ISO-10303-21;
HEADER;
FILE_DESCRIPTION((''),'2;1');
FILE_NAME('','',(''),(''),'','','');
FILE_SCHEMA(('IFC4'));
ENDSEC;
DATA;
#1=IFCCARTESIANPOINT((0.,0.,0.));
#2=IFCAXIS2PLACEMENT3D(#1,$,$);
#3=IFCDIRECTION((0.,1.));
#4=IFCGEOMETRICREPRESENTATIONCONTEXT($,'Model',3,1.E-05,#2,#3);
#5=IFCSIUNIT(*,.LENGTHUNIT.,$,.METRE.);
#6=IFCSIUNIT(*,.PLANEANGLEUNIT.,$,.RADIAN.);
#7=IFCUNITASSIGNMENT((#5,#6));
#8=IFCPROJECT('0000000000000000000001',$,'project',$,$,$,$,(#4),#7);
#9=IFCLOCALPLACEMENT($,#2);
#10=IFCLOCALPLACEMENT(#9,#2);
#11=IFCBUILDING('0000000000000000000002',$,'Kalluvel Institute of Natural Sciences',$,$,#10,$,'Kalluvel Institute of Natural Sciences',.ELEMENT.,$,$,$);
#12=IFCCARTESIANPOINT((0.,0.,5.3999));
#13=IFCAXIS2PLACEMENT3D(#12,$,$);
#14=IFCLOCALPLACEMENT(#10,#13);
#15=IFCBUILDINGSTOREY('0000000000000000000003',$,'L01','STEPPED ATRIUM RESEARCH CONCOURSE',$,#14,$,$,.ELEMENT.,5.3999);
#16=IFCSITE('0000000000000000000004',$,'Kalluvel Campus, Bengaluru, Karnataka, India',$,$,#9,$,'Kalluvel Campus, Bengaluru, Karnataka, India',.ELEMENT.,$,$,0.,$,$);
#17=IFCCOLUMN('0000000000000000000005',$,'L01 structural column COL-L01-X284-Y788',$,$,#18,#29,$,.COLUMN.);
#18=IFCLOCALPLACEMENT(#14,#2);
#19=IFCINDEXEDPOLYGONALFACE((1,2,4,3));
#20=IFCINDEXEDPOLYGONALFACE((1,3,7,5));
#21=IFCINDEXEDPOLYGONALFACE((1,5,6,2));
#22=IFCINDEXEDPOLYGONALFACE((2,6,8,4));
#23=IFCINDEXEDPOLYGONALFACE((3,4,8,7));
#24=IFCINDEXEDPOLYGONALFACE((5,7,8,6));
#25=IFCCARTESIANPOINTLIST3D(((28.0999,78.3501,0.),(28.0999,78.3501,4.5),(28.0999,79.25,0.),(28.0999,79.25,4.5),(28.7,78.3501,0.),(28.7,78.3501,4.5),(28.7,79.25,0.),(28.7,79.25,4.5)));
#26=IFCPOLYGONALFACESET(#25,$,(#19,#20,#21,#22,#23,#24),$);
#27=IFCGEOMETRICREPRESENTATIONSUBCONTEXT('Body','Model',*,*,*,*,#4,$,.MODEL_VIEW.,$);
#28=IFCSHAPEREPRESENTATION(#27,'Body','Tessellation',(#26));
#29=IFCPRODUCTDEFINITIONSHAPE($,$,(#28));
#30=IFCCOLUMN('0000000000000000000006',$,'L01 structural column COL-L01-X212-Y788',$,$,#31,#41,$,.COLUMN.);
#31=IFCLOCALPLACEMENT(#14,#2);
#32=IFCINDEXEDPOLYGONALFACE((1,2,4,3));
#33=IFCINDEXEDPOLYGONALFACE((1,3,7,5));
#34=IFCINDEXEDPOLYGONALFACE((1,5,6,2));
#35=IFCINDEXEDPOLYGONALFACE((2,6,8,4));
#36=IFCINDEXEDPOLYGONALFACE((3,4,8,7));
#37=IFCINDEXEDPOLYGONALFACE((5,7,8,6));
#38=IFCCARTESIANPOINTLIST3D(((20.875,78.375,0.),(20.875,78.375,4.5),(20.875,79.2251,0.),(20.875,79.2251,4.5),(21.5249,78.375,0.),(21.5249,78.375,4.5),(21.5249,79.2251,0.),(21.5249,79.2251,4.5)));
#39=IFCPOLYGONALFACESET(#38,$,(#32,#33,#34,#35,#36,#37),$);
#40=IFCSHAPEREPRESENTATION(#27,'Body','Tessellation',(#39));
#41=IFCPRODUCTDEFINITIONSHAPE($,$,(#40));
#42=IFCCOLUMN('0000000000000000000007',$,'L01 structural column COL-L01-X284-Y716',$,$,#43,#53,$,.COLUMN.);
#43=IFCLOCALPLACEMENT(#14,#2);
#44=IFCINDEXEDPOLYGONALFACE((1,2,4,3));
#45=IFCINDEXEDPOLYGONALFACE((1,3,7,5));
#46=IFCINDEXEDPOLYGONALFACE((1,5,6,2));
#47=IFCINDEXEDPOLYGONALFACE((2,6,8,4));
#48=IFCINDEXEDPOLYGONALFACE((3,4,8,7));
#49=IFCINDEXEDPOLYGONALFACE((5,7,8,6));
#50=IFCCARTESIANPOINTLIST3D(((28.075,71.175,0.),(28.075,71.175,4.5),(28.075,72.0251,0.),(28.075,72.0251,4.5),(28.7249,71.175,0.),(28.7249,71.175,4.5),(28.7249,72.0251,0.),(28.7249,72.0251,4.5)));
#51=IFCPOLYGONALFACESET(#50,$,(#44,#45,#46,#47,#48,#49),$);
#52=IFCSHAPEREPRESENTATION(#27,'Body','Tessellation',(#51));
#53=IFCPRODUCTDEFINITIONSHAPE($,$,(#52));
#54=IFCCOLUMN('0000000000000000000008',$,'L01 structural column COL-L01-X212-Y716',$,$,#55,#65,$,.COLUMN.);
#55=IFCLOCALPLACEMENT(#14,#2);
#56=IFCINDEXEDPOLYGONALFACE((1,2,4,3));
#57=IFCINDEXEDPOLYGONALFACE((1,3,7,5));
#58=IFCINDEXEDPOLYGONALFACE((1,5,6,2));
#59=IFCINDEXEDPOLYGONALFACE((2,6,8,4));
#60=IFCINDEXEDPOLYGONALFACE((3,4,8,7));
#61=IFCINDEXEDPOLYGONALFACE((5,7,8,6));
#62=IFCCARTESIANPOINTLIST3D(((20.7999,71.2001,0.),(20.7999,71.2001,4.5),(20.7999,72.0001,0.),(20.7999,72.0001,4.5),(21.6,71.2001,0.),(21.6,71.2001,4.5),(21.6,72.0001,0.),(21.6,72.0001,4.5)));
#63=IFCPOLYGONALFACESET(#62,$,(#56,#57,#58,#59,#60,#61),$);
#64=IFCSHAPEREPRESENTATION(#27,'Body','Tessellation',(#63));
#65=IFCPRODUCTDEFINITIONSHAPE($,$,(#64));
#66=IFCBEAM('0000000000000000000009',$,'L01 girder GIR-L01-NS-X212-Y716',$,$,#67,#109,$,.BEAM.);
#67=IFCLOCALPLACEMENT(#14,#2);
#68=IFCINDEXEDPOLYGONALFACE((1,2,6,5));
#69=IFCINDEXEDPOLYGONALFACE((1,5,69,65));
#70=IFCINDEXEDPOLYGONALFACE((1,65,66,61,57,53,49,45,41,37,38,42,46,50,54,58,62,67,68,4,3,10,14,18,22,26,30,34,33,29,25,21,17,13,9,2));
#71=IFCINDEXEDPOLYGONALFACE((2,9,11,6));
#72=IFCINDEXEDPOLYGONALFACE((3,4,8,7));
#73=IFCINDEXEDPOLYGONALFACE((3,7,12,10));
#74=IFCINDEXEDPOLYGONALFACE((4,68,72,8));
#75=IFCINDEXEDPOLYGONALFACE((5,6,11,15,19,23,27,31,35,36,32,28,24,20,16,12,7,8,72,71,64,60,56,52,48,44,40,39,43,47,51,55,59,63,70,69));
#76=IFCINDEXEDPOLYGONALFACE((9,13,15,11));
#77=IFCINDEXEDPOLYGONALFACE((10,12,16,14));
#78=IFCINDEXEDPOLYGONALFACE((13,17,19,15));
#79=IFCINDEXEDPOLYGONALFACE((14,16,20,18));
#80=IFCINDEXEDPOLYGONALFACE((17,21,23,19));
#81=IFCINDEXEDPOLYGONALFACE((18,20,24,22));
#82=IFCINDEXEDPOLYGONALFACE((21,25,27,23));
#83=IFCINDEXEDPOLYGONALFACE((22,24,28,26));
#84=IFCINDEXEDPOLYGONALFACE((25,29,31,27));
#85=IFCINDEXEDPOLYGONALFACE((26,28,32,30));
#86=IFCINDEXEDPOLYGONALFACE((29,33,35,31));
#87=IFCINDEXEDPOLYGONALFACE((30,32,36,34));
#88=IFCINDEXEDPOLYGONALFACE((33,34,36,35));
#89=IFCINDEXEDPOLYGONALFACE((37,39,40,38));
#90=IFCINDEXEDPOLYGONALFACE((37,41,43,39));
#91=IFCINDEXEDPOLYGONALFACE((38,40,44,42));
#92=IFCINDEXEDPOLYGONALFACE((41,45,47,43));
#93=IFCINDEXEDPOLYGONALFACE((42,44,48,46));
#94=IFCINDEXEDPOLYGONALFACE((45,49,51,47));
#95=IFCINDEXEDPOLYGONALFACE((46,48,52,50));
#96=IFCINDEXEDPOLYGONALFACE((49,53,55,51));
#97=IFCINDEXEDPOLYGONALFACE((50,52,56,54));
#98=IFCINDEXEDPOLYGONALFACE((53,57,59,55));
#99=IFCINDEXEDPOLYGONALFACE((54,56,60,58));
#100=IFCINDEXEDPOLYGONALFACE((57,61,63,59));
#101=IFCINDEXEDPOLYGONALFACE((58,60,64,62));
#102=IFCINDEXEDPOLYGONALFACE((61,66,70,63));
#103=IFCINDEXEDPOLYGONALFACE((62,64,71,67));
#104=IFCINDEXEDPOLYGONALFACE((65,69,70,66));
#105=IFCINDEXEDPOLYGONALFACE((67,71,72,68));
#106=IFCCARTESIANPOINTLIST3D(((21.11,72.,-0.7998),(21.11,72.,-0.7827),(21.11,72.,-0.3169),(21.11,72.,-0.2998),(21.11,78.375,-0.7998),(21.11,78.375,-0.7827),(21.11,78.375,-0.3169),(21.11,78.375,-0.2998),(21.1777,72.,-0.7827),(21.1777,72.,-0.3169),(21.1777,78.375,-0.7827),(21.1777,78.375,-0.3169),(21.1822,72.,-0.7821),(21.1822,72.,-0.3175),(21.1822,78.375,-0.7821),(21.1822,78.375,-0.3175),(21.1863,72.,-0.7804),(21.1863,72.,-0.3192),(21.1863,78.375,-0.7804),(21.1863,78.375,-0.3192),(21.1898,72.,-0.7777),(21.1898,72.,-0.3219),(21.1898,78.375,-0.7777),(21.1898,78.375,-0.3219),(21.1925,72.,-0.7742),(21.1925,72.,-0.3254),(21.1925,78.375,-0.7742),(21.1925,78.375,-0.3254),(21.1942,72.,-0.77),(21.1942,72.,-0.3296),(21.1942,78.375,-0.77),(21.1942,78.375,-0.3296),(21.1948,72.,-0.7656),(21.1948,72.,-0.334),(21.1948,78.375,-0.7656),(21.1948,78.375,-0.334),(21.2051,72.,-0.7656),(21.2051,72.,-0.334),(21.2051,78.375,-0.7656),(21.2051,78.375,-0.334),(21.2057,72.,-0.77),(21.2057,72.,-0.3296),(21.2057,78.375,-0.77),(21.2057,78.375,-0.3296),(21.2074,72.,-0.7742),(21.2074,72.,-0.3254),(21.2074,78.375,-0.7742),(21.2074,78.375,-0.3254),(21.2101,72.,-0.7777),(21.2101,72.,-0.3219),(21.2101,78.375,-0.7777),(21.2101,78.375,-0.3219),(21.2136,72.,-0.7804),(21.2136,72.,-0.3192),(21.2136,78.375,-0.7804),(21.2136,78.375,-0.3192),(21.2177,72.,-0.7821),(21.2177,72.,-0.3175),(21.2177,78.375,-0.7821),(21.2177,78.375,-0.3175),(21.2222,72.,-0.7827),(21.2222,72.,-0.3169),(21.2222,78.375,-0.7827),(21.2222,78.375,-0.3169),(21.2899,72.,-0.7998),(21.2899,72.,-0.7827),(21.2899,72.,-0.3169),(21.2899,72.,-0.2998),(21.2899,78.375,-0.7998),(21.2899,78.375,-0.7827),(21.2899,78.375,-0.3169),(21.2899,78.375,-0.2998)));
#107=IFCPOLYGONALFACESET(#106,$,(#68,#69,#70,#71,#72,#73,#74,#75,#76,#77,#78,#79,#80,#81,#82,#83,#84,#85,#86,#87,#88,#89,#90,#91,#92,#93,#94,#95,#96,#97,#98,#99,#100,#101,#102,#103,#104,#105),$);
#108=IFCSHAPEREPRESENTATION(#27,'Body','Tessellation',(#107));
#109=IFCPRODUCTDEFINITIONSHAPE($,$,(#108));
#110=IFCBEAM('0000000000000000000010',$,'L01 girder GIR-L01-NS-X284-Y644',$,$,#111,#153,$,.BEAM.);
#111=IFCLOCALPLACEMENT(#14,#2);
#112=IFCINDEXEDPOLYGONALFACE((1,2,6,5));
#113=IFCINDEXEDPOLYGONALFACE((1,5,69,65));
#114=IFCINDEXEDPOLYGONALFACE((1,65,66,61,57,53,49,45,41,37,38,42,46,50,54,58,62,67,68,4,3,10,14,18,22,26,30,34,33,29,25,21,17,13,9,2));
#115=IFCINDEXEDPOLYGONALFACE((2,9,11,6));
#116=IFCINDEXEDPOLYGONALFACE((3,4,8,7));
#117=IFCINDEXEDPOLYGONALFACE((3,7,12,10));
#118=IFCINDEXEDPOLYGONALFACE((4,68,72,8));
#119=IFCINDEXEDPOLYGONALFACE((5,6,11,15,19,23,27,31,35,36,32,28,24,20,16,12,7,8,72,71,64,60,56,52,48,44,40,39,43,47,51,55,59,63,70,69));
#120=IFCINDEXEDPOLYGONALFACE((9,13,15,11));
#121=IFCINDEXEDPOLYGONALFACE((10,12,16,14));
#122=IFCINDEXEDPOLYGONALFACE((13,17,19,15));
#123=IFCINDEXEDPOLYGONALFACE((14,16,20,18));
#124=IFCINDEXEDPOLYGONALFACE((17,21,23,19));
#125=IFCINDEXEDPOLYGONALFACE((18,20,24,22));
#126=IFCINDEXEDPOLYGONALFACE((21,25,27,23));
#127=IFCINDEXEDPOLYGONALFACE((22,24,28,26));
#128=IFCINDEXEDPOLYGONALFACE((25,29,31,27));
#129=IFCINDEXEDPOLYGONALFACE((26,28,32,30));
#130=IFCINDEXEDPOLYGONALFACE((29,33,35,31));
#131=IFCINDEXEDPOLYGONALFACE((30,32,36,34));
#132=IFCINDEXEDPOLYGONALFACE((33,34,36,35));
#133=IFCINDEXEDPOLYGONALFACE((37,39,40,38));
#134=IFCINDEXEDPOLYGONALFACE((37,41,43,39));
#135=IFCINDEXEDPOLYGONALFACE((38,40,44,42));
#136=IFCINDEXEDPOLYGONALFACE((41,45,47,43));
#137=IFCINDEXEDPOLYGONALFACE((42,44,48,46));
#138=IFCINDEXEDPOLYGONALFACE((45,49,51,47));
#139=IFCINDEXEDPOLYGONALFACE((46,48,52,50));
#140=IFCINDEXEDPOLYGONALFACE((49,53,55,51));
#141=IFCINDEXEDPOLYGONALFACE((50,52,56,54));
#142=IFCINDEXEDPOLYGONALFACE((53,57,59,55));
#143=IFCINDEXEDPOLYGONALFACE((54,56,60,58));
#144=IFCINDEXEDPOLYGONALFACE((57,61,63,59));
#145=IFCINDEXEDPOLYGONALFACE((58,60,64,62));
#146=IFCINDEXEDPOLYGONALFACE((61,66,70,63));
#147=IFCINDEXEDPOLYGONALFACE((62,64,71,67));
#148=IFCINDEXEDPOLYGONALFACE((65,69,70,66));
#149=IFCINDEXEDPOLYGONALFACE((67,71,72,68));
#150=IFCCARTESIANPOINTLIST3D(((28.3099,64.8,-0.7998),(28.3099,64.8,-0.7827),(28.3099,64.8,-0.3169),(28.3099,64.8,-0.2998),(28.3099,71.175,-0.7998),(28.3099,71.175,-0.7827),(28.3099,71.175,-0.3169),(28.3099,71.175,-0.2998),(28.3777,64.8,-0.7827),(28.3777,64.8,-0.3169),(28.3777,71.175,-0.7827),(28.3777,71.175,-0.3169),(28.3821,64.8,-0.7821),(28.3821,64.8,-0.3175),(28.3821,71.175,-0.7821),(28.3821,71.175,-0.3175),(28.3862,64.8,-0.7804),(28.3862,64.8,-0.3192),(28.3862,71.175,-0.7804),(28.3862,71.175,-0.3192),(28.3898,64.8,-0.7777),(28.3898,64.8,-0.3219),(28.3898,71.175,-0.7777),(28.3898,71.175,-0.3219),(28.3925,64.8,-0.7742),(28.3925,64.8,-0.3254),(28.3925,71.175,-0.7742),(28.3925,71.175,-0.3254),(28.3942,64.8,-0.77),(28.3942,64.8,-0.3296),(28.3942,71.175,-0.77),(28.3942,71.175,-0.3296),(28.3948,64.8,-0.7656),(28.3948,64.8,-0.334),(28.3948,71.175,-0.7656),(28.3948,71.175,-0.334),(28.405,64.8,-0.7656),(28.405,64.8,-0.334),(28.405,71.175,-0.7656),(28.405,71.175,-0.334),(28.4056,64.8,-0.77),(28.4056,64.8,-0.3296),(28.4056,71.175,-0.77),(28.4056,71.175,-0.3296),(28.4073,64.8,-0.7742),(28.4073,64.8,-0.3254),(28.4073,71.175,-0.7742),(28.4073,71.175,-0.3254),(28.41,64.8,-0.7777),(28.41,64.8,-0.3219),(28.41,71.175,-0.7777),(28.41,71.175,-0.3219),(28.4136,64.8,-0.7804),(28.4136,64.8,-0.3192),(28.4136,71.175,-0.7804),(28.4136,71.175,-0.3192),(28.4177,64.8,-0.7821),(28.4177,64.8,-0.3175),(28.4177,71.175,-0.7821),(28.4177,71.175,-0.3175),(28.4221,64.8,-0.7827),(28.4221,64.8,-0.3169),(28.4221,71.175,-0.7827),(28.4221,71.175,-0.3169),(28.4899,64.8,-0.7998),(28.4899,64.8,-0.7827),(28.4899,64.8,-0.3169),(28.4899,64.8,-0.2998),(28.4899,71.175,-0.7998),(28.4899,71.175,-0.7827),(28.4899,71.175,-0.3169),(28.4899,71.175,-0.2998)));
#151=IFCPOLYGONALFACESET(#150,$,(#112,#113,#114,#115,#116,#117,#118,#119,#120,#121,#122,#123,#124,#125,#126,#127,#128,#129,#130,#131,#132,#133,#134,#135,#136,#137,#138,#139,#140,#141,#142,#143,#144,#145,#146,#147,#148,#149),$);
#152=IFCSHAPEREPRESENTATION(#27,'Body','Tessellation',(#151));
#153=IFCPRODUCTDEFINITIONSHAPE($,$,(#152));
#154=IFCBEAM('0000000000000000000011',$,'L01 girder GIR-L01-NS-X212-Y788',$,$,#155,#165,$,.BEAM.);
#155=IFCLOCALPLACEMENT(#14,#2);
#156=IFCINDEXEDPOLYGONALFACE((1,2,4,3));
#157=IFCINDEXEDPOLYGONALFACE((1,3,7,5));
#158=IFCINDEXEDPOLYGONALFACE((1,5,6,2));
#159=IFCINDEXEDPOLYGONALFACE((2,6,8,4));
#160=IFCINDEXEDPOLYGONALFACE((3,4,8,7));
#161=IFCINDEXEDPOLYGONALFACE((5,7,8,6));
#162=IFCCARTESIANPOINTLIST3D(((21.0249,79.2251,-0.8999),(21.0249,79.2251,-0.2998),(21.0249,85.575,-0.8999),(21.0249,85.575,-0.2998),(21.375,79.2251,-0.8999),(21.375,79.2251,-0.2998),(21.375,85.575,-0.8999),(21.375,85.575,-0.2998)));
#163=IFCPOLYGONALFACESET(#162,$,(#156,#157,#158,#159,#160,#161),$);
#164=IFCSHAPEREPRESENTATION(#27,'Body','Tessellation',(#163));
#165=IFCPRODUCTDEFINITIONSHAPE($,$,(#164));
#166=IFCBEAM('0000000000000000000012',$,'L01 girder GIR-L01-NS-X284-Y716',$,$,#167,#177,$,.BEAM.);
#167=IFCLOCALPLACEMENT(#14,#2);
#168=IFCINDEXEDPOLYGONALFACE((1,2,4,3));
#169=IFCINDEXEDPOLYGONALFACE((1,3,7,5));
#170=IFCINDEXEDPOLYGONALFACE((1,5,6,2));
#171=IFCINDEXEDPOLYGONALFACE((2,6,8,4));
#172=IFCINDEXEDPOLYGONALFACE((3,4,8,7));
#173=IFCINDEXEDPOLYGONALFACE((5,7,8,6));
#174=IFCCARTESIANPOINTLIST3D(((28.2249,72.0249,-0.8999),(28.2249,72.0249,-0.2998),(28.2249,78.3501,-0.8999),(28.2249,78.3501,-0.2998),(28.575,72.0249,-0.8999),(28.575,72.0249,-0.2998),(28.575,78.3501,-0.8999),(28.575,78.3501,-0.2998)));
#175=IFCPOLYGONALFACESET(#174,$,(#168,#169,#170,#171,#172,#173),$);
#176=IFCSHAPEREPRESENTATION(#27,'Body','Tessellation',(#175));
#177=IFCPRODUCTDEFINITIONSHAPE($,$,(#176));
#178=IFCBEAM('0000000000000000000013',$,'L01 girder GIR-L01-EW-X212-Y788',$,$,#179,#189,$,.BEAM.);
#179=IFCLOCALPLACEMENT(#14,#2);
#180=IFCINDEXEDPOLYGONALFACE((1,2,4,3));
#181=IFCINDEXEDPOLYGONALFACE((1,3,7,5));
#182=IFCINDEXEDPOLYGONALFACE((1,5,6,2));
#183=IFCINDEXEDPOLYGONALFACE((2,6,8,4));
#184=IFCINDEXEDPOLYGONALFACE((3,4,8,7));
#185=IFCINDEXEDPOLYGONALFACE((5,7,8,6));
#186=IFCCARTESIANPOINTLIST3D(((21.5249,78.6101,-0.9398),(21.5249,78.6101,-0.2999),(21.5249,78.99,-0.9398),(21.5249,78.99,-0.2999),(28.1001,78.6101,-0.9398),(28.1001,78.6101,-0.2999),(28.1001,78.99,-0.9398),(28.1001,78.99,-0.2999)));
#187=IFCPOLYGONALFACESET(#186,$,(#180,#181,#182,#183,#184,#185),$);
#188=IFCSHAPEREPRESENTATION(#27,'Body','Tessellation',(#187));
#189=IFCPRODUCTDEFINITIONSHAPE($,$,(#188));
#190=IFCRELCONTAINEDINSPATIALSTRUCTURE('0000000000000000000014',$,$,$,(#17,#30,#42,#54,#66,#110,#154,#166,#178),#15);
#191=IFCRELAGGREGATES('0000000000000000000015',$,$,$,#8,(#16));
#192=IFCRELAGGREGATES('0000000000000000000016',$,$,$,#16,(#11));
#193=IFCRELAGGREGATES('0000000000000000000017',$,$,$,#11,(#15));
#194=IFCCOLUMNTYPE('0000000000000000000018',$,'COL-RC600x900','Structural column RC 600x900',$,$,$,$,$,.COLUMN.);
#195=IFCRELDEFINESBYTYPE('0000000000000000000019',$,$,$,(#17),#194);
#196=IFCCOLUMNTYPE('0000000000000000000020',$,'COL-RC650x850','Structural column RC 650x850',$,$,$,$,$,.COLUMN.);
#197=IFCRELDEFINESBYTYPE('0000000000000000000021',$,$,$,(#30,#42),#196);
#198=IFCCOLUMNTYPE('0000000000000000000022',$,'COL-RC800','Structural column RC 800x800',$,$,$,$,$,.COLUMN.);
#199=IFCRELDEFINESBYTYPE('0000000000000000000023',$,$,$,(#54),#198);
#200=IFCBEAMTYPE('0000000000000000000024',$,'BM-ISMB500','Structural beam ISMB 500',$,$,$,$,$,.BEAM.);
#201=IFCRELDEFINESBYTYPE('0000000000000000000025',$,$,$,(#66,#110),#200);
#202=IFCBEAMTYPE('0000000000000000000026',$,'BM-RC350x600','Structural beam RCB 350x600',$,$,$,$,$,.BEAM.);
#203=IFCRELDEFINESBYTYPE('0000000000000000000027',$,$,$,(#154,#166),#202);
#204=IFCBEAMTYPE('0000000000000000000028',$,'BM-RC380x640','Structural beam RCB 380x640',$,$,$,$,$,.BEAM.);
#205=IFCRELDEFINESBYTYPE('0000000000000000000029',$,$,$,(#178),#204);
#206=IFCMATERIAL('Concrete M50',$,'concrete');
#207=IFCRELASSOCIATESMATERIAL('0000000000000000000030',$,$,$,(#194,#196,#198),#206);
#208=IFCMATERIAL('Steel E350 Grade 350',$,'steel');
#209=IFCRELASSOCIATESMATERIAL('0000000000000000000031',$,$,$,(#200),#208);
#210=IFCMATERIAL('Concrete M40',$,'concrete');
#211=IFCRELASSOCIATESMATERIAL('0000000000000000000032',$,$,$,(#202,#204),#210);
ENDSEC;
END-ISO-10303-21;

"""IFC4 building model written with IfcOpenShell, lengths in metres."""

from ifc_helpers import new_model, si_unit, direction, frame, origin, origin_2d, place, context, subcontext, project, spatial, rectangle, i_section, extrude, material, material_profile, profile_set, type_object, element, save


model = new_model("IFC4")

# Units and contexts
model_context = context("Model", 3, precision=1e-05, world=origin(), true_north=direction((0.0, 1.0)))
body_context = subcontext(model_context, "Body", "Model", "MODEL_VIEW")
ifc_project = project(units=[si_unit("LENGTHUNIT", "METRE"), si_unit("PLANEANGLEUNIT", "RADIAN")], contexts=[model_context])

# Site, building, storey
site_placement = place(None, origin())
site = spatial("IfcSite", under=ifc_project, at=site_placement, Name="Kalluvel Campus, Bengaluru, Karnataka, India", LongName="Kalluvel Campus, Bengaluru, Karnataka, India", CompositionType="ELEMENT", RefElevation=0.0)
building_placement = place(site_placement, origin())
building = spatial("IfcBuilding", under=site, at=building_placement, Name="Kalluvel Institute of Natural Sciences", LongName="Kalluvel Institute of Natural Sciences", CompositionType="ELEMENT")
storey_placement = place(building_placement, frame((0.0, 0.0, 5.3999)))
storey = spatial("IfcBuildingStorey", under=building, at=storey_placement, Name="L01", Description="STEPPED ATRIUM RESEARCH CONCOURSE", CompositionType="ELEMENT", Elevation=5.3999)

# Columns
ifc_material_1 = material(Name="Concrete M50", Category="concrete")
ifc_material_profile_1 = material_profile(ifc_material_1, rectangle(XDim=0.6001, YDim=0.8999, at=origin_2d()), Name="RC 600x900")
ifc_profile_set_1 = profile_set([ifc_material_profile_1], Name="Concrete M50")
column_type_1 = type_object("IfcColumnType", Name="COL-RC600x900", Description="Structural column RC 600x900", PredefinedType="COLUMN", material=ifc_profile_set_1)
column_1_placement = place(storey_placement, frame((28.3999, 78.8, 0.0), z_axis=(0.0, 0.0, 1.0), x_axis=(1.0, 0.0, 0.0)))
element("IfcColumn", 1, at=column_1_placement, inside=storey, type_object=column_type_1, Name="L01 structural column COL-L01-X284-Y788", PredefinedType="COLUMN", context=body_context, shape_type="SweptSolid", body=[
    extrude(rectangle(XDim=0.6001, YDim=0.8999, at=origin_2d()), origin(), (0.0, 0.0, 1.0), 4.5),
])
ifc_material_profile_2 = material_profile(ifc_material_1, rectangle(XDim=0.6499, YDim=0.8501, at=origin_2d()), Name="RC 650x850")
ifc_profile_set_2 = profile_set([ifc_material_profile_2], Name="Concrete M50")
column_type_2 = type_object("IfcColumnType", Name="COL-RC650x850", Description="Structural column RC 650x850", PredefinedType="COLUMN", material=ifc_profile_set_2)
for number, where, z_axis, x_axis, name in (
    (2, (21.2, 78.8, 0.0), (0.0, 0.0, 1.0), (1.0, 0.0, 0.0), "L01 structural column COL-L01-X212-Y788"),
    (3, (28.3999, 71.6001, 0.0), (0.0, 0.0, 1.0), (1.0, 0.0, 0.0), "L01 structural column COL-L01-X284-Y716"),
):
    element("IfcColumn", number, at=place(storey_placement, frame(where, z_axis=z_axis, x_axis=x_axis)), inside=storey, type_object=column_type_2, Name=name, PredefinedType="COLUMN", context=body_context, shape_type="SweptSolid", body=[
        extrude(rectangle(XDim=0.6499, YDim=0.8501, at=origin_2d()), origin(), (0.0, 0.0, 1.0), 4.5),
    ])
ifc_material_profile_3 = material_profile(ifc_material_1, rectangle(XDim=0.8, YDim=0.8, at=origin_2d()), Name="RC 800x800")
ifc_profile_set_3 = profile_set([ifc_material_profile_3], Name="Concrete M50")
column_type_3 = type_object("IfcColumnType", Name="COL-RC800", Description="Structural column RC 800x800", PredefinedType="COLUMN", material=ifc_profile_set_3)
column_2_placement = place(storey_placement, frame((21.2, 71.6001, 0.0), z_axis=(0.0, 0.0, 1.0), x_axis=(1.0, 0.0, 0.0)))
element("IfcColumn", 4, at=column_2_placement, inside=storey, type_object=column_type_3, Name="L01 structural column COL-L01-X212-Y716", PredefinedType="COLUMN", context=body_context, shape_type="SweptSolid", body=[
    extrude(rectangle(XDim=0.8, YDim=0.8, at=origin_2d()), origin(), (0.0, 0.0, 1.0), 4.5),
])

# Beams
ifc_material_2 = material(Name="Steel E350 Grade 350", Category="steel")
ifc_material_profile_4 = material_profile(ifc_material_2, i_section(OverallWidth=0.1799, OverallDepth=0.5, WebThickness=0.0103, FlangeThickness=0.0171, FilletRadius=0.0171, at=origin_2d()), Name="ISMB 500")
ifc_profile_set_4 = profile_set([ifc_material_profile_4], Name="Steel E350 Grade 350")
beam_type_1 = type_object("IfcBeamType", Name="BM-ISMB500", Description="Structural beam ISMB 500", PredefinedType="BEAM", material=ifc_profile_set_4)
for number, where, z_axis, x_axis, name in (
    (5, (21.2, 72.0, -0.5498), (0.0, 1.0, 0.0), (-1.0, 0.0, 0.0), "L01 girder GIR-L01-NS-X212-Y716"),
    (6, (28.3999, 64.8, -0.5498), (0.0, 1.0, 0.0), (-1.0, 0.0, 0.0), "L01 girder GIR-L01-NS-X284-Y644"),
):
    element("IfcBeam", number, at=place(storey_placement, frame(where, z_axis=z_axis, x_axis=x_axis)), inside=storey, type_object=beam_type_1, Name=name, PredefinedType="BEAM", context=body_context, shape_type="SweptSolid", body=[
        extrude(i_section(OverallWidth=0.1799, OverallDepth=0.5, WebThickness=0.0103, FlangeThickness=0.0171, FilletRadius=0.0171, at=origin_2d()), origin(), (0.0, 0.0, 1.0), 6.375),
    ])
ifc_material_3 = material(Name="Concrete M40", Category="concrete")
ifc_material_profile_5 = material_profile(ifc_material_3, rectangle(XDim=0.3501, YDim=0.6001, at=origin_2d()), Name="RCB 350x600")
ifc_profile_set_5 = profile_set([ifc_material_profile_5], Name="Concrete M40")
beam_type_2 = type_object("IfcBeamType", Name="BM-RC350x600", Description="Structural beam RCB 350x600", PredefinedType="BEAM", material=ifc_profile_set_5)
beam_1_placement = place(storey_placement, frame((21.2, 79.2251, -0.5999), z_axis=(0.0, 1.0, 0.0), x_axis=(-1.0, 0.0, 0.0)))
element("IfcBeam", 7, at=beam_1_placement, inside=storey, type_object=beam_type_2, Name="L01 girder GIR-L01-NS-X212-Y788", PredefinedType="BEAM", context=body_context, shape_type="SweptSolid", body=[
    extrude(rectangle(XDim=0.3501, YDim=0.6001, at=origin_2d()), origin(), (0.0, 0.0, 1.0), 6.3499),
])
beam_2_placement = place(storey_placement, frame((28.3999, 72.0249, -0.5999), z_axis=(0.0, 1.0, 0.0), x_axis=(-1.0, 0.0, 0.0)))
element("IfcBeam", 8, at=beam_2_placement, inside=storey, type_object=beam_type_2, Name="L01 girder GIR-L01-NS-X284-Y716", PredefinedType="BEAM", context=body_context, shape_type="SweptSolid", body=[
    extrude(rectangle(XDim=0.3501, YDim=0.6001, at=origin_2d()), origin(), (0.0, 0.0, 1.0), 6.3252),
])
ifc_material_profile_6 = material_profile(ifc_material_3, rectangle(XDim=0.3799, YDim=0.6399, at=origin_2d()), Name="RCB 380x640")
ifc_profile_set_6 = profile_set([ifc_material_profile_6], Name="Concrete M40")
beam_type_3 = type_object("IfcBeamType", Name="BM-RC380x640", Description="Structural beam RCB 380x640", PredefinedType="BEAM", material=ifc_profile_set_6)
beam_3_placement = place(storey_placement, frame((21.5249, 78.8, -0.6199), z_axis=(1.0, 0.0, 0.0), x_axis=(0.0, 1.0, 0.0)))
element("IfcBeam", 9, at=beam_3_placement, inside=storey, type_object=beam_type_3, Name="L01 girder GIR-L01-EW-X212-Y788", PredefinedType="BEAM", context=body_context, shape_type="SweptSolid", body=[
    extrude(rectangle(XDim=0.3799, YDim=0.6399, at=origin_2d()), origin(), (0.0, 0.0, 1.0), 6.5752),
])

save(model, "model.ifc")
